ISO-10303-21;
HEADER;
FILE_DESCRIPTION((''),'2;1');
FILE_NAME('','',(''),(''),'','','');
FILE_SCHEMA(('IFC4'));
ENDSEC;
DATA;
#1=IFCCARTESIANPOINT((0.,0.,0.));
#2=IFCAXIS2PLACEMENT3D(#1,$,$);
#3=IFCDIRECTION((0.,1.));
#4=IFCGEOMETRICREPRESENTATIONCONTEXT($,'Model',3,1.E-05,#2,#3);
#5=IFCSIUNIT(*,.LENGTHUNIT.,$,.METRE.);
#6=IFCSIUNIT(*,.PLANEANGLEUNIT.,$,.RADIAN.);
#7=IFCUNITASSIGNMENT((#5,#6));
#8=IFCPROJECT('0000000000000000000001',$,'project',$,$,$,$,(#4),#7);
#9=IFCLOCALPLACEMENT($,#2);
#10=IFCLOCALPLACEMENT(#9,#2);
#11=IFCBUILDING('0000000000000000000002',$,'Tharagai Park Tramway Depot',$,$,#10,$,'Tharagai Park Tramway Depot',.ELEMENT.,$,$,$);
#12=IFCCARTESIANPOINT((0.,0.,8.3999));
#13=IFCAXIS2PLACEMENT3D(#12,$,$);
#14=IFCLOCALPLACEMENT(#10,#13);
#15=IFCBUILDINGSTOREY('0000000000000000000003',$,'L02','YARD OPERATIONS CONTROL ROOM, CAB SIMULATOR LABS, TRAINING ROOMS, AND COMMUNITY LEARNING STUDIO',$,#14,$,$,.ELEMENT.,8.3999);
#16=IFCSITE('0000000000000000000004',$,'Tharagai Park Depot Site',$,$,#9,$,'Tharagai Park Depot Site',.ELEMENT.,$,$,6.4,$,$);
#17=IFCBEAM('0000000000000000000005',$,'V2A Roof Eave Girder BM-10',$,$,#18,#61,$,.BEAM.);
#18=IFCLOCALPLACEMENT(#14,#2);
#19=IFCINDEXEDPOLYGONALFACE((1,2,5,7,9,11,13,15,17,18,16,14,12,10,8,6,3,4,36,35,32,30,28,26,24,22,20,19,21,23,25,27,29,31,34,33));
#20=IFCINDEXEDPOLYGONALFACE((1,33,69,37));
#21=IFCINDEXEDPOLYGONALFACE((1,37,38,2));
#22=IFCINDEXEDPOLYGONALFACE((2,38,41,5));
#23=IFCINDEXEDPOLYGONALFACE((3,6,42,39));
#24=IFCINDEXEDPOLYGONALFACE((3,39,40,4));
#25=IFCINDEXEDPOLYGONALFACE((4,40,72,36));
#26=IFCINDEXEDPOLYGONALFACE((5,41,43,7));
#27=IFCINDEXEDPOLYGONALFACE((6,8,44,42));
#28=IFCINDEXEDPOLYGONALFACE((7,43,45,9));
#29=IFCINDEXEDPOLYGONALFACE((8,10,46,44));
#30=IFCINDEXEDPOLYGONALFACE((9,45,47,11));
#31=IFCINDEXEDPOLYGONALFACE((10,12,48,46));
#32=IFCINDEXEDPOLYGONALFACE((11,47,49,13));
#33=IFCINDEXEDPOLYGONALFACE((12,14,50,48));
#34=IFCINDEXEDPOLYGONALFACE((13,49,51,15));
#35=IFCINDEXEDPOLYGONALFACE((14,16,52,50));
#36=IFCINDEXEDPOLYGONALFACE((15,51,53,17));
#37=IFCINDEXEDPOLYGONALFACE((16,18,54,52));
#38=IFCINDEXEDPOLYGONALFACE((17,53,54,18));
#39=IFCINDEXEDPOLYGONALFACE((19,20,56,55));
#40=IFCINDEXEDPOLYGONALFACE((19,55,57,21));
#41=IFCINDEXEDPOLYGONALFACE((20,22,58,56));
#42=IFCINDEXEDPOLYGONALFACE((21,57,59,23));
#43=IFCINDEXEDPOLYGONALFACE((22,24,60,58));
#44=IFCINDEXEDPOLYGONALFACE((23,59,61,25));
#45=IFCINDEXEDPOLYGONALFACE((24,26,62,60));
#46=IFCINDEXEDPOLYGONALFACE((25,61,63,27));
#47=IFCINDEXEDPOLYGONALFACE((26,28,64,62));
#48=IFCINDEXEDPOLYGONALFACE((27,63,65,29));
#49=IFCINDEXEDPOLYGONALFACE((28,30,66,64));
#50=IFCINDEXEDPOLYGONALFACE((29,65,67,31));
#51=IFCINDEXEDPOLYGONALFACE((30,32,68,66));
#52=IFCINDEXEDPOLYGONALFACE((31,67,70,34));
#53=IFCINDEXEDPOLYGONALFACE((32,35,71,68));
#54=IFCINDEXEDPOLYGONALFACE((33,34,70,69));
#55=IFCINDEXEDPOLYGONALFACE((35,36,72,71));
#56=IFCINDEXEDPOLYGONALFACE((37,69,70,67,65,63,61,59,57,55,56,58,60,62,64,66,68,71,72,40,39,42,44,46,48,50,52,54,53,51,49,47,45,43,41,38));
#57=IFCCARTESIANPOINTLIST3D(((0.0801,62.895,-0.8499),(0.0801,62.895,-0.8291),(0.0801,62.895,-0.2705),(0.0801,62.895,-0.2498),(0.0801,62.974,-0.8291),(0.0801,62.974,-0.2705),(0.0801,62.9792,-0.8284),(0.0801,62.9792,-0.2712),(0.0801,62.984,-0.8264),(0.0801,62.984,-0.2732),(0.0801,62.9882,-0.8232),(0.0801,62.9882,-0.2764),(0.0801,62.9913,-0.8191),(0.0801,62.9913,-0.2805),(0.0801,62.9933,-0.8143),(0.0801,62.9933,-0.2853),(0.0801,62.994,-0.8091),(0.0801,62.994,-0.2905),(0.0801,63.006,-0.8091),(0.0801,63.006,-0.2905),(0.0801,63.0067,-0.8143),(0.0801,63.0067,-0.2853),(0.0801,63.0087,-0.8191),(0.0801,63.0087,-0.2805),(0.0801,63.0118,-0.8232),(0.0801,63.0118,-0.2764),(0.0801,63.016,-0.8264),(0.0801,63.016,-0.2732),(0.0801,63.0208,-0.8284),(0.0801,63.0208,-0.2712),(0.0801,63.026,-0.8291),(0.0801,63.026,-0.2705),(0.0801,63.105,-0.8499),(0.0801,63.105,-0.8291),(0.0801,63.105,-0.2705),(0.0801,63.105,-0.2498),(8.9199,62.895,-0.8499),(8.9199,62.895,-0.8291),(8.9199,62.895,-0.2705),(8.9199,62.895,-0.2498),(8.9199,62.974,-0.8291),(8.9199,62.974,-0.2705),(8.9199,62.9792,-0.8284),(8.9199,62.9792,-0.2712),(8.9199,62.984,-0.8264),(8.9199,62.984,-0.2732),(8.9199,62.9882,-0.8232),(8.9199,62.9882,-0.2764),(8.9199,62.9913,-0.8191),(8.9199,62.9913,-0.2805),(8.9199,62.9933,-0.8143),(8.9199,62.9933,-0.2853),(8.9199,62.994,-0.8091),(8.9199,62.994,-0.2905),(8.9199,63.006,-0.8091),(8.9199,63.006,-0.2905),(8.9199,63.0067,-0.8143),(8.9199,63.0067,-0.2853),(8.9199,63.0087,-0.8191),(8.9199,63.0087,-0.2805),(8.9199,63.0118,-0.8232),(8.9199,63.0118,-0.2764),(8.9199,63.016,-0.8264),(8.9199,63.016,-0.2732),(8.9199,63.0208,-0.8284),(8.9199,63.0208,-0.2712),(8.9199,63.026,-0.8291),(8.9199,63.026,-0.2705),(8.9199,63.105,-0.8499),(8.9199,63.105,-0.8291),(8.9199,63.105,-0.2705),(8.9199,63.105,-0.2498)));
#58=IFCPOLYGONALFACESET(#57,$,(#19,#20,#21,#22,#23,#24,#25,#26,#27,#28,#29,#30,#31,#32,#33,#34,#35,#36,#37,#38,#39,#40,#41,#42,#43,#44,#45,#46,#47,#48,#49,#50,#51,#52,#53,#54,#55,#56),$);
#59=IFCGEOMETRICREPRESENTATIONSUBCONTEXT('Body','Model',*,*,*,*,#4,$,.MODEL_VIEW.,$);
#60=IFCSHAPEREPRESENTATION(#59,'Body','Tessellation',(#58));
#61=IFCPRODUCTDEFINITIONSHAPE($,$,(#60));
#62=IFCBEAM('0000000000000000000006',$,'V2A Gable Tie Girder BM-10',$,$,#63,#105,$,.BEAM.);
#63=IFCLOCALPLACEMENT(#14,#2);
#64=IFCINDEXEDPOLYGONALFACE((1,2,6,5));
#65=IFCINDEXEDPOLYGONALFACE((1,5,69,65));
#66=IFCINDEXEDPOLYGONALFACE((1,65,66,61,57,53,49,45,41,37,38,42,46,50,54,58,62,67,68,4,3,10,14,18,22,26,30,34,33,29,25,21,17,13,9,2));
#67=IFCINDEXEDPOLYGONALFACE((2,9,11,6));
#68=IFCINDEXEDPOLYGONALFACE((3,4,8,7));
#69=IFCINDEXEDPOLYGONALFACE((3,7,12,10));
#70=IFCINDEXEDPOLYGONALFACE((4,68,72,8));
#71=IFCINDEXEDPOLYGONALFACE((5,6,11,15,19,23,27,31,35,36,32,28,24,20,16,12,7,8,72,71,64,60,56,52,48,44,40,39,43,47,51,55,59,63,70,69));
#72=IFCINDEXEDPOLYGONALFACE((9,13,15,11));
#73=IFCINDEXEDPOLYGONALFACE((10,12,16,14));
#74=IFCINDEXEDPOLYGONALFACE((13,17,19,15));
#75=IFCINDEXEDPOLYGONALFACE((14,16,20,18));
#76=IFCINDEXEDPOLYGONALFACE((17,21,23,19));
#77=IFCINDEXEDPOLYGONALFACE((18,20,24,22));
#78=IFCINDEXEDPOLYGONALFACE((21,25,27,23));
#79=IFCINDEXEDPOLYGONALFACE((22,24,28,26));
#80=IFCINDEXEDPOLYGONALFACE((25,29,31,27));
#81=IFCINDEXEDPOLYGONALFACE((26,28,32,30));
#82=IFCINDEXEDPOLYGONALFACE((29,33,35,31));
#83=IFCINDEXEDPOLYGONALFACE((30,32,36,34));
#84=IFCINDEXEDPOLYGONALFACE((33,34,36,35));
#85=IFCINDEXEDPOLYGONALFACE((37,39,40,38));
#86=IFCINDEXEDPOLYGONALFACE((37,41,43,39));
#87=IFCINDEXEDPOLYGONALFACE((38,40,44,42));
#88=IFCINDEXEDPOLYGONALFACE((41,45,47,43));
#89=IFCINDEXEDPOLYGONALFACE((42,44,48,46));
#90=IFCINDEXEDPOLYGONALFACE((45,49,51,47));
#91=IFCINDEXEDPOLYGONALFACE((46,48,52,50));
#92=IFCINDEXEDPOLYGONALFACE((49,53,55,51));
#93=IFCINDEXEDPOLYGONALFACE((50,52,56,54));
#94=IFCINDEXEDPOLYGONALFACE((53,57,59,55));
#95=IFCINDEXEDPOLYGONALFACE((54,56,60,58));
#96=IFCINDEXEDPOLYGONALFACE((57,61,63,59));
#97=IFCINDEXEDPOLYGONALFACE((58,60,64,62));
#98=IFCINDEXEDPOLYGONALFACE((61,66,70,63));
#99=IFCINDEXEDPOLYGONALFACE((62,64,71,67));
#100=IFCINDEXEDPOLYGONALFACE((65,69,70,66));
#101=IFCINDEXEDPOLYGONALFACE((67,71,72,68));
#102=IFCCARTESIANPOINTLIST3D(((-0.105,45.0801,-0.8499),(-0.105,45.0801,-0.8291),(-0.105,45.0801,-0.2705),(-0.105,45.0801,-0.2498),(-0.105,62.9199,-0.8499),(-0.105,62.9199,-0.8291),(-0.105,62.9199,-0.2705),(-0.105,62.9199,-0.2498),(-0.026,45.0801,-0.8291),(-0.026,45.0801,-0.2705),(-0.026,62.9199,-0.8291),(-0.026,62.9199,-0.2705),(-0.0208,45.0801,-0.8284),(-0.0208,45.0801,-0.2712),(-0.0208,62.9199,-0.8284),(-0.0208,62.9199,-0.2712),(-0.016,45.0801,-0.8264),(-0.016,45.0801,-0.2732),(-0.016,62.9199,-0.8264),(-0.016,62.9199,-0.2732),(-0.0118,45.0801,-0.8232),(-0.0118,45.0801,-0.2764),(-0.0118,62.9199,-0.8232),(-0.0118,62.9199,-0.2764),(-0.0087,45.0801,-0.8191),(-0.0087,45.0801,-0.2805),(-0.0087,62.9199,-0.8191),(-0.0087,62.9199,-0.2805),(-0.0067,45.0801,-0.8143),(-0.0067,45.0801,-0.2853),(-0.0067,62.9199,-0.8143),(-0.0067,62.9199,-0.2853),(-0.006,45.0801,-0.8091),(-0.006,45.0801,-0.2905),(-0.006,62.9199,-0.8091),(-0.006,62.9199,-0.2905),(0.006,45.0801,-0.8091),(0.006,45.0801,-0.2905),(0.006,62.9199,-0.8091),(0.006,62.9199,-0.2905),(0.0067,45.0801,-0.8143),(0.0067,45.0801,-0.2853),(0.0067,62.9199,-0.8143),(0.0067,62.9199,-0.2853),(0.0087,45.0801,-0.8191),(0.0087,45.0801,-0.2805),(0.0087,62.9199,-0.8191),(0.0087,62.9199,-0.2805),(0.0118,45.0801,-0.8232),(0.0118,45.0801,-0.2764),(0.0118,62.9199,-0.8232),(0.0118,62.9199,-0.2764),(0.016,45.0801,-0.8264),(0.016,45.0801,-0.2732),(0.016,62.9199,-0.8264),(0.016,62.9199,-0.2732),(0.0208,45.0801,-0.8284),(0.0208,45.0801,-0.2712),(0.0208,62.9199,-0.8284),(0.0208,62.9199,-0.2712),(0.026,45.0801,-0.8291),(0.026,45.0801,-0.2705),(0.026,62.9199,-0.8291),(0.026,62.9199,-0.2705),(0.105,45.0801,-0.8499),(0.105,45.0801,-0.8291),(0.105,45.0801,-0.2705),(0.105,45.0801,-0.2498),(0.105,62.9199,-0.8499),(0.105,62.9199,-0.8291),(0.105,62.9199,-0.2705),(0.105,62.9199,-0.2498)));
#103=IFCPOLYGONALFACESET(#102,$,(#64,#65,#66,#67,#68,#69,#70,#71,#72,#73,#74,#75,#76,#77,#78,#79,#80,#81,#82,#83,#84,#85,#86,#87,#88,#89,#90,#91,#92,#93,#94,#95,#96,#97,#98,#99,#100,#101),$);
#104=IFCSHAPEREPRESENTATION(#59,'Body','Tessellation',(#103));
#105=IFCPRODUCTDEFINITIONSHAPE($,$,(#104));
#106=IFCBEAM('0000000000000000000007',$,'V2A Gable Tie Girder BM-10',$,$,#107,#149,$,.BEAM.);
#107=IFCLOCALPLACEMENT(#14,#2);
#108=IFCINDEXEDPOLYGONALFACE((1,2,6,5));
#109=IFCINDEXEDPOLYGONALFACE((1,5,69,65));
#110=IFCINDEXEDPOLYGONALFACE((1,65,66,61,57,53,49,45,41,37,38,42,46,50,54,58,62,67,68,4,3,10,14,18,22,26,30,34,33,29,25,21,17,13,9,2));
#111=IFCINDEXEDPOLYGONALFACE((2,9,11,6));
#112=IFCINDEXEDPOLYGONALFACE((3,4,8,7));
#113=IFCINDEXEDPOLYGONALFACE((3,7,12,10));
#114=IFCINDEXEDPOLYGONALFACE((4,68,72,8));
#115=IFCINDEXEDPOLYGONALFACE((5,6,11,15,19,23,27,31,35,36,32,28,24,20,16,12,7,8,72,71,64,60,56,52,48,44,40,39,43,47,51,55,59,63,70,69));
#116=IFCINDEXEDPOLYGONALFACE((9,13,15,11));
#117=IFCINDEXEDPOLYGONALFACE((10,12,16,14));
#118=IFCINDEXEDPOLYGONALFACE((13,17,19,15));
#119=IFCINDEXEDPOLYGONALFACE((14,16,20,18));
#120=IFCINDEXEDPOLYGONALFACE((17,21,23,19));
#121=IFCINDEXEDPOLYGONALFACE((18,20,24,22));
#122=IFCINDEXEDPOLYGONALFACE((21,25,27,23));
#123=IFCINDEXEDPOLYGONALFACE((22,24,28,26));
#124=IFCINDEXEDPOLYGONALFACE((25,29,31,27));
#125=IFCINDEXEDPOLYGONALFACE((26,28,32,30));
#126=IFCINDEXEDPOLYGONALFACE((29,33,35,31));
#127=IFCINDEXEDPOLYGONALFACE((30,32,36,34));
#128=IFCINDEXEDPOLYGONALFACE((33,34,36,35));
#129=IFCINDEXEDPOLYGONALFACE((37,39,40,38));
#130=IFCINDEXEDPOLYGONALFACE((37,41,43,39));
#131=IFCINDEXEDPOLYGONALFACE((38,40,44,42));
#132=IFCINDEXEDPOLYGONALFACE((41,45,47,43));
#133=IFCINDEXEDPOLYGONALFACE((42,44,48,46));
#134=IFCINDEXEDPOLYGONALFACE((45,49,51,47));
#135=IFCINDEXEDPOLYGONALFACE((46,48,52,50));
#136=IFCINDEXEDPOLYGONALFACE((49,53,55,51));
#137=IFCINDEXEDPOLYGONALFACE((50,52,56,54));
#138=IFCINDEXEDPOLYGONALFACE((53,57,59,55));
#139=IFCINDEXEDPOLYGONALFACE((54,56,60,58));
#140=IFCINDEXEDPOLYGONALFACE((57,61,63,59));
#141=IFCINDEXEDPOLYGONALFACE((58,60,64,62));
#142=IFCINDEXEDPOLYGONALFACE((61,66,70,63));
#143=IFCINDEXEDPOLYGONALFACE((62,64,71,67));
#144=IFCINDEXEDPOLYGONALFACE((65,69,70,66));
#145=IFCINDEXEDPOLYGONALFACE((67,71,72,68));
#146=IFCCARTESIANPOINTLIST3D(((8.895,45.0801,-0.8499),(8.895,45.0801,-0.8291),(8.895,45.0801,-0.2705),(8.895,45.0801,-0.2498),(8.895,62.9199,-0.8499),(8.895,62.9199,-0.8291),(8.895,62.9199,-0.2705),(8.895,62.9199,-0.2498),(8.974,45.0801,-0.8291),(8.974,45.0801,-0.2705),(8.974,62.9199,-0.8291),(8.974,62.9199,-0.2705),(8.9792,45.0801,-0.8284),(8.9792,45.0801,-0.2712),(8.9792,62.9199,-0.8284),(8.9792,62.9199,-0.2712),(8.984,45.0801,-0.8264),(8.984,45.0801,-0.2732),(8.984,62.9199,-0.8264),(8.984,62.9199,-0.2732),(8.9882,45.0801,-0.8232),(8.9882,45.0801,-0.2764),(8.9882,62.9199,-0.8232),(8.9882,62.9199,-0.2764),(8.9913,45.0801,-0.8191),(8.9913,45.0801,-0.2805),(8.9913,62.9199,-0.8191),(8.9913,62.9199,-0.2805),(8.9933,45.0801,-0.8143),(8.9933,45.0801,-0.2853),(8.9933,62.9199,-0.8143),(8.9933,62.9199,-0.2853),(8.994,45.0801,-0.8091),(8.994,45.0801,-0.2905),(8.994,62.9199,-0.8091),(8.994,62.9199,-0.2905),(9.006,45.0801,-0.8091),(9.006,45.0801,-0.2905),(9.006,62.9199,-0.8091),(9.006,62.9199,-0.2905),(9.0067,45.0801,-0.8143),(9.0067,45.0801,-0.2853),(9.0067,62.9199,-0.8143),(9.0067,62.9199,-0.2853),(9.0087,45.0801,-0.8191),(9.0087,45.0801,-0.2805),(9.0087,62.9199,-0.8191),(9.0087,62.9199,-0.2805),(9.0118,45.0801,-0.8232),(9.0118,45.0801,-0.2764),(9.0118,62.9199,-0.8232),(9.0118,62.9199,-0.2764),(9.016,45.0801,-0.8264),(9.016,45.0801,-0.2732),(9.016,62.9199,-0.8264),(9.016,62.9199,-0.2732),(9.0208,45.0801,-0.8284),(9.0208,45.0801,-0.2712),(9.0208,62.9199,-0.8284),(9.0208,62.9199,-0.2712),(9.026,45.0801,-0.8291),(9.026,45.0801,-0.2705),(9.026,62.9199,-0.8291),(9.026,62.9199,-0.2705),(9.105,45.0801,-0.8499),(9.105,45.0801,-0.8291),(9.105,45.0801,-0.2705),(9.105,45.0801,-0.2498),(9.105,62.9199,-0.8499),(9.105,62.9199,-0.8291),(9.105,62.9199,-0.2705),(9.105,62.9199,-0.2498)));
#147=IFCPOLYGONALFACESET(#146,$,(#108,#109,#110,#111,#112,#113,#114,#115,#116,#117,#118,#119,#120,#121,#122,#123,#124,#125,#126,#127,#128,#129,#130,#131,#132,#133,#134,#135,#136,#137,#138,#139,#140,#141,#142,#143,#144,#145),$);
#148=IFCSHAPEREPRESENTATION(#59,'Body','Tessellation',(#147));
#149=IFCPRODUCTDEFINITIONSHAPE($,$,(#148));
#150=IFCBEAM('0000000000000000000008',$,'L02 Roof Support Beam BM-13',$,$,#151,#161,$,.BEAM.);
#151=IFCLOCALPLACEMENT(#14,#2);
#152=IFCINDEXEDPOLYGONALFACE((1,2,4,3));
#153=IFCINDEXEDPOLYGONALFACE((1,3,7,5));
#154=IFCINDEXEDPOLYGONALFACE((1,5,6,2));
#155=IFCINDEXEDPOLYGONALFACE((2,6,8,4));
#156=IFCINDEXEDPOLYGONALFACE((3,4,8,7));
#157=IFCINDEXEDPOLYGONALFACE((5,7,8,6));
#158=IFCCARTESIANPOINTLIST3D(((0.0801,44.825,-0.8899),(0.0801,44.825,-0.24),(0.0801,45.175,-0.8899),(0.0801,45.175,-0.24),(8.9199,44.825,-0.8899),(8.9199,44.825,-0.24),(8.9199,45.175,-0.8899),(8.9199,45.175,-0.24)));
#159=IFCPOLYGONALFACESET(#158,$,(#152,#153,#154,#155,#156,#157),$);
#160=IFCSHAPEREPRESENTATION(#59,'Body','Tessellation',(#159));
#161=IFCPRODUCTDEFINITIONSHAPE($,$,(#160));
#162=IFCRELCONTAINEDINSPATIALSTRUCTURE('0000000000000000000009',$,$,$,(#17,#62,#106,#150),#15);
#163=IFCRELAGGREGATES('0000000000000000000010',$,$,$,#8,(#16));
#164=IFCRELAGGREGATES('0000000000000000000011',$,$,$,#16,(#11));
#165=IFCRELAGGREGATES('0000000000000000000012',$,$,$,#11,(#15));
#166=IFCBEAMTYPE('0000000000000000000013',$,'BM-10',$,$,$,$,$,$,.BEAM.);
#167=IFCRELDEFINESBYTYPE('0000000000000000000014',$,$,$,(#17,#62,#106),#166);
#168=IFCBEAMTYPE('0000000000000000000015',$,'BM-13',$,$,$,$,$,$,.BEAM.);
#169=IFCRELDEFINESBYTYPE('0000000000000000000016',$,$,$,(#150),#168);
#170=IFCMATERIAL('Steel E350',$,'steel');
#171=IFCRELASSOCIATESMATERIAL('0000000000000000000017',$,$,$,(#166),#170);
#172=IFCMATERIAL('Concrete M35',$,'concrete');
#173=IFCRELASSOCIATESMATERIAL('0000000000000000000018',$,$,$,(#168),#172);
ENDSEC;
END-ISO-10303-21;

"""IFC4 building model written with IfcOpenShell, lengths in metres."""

from ifc_helpers import new_model, si_unit, direction, frame, origin, origin_2d, place, context, subcontext, project, spatial, rectangle, i_section, extrude, material, material_profile, profile_set, type_object, element, save


model = new_model("IFC4")

# Units and contexts
model_context = context("Model", 3, precision=1e-05, world=origin(), true_north=direction((0.0, 1.0)))
body_context = subcontext(model_context, "Body", "Model", "MODEL_VIEW")
ifc_project = project(units=[si_unit("LENGTHUNIT", "METRE"), si_unit("PLANEANGLEUNIT", "RADIAN")], contexts=[model_context])

# Site, building, storey
site_placement = place(None, origin())
site = spatial("IfcSite", under=ifc_project, at=site_placement, Name="Tharagai Park Depot Site", LongName="Tharagai Park Depot Site", CompositionType="ELEMENT", RefElevation=6.4)
building_placement = place(site_placement, origin())
building = spatial("IfcBuilding", under=site, at=building_placement, Name="Tharagai Park Tramway Depot", LongName="Tharagai Park Tramway Depot", CompositionType="ELEMENT")
storey_placement = place(building_placement, frame((0.0, 0.0, 8.3999)))
storey = spatial("IfcBuildingStorey", under=building, at=storey_placement, Name="L02", Description="YARD OPERATIONS CONTROL ROOM, CAB SIMULATOR LABS, TRAINING ROOMS, AND COMMUNITY LEARNING STUDIO", CompositionType="ELEMENT", Elevation=8.3999)

# Beams
ifc_material_1 = material(Name="Steel E350", Category="steel")
ifc_material_profile_1 = material_profile(ifc_material_1, i_section(OverallWidth=0.21, OverallDepth=0.6001, WebThickness=0.012, FlangeThickness=0.0208, FilletRadius=0.02, at=origin_2d()), Name="ISMB 600")
ifc_profile_set_1 = profile_set([ifc_material_profile_1], Name="Steel E350")
beam_type_1 = type_object("IfcBeamType", Name="BM-10", PredefinedType="BEAM", material=ifc_profile_set_1)
beam_1_placement = place(storey_placement, frame((0.0801, 63.0, -0.5498), z_axis=(1.0, 0.0, 0.0), x_axis=(0.0, 1.0, 0.0)))
element("IfcBeam", 1, at=beam_1_placement, inside=storey, type_object=beam_type_1, Name="V2A Roof Eave Girder BM-10", PredefinedType="BEAM", context=body_context, shape_type="SweptSolid", body=[
    extrude(i_section(OverallWidth=0.21, OverallDepth=0.6001, WebThickness=0.012, FlangeThickness=0.0208, FilletRadius=0.02, at=origin_2d()), origin(), (0.0, 0.0, 1.0), 8.8398),
])
for number, where, z_axis, x_axis, name in (
    (2, (0.0, 45.0801, -0.5498), (0.0, 1.0, 0.0), (-1.0, 0.0, 0.0), "V2A Gable Tie Girder BM-10"),
    (3, (9.0, 45.0801, -0.5498), (0.0, 1.0, 0.0), (-1.0, 0.0, 0.0), "V2A Gable Tie Girder BM-10"),
):
    element("IfcBeam", number, at=place(storey_placement, frame(where, z_axis=z_axis, x_axis=x_axis)), inside=storey, type_object=beam_type_1, Name=name, PredefinedType="BEAM", context=body_context, shape_type="SweptSolid", body=[
        extrude(i_section(OverallWidth=0.21, OverallDepth=0.6001, WebThickness=0.012, FlangeThickness=0.0208, FilletRadius=0.02, at=origin_2d()), origin(), (0.0, 0.0, 1.0), 17.8398),
    ])
ifc_material_2 = material(Name="Concrete M35", Category="concrete")
ifc_material_profile_2 = material_profile(ifc_material_2, rectangle(XDim=0.3501, YDim=0.6499, at=origin_2d()), Name="RC 350x650")
ifc_profile_set_2 = profile_set([ifc_material_profile_2], Name="Concrete M35")
beam_type_2 = type_object("IfcBeamType", Name="BM-13", PredefinedType="BEAM", material=ifc_profile_set_2)
beam_2_placement = place(storey_placement, frame((0.0801, 45.0, -0.5649), z_axis=(1.0, 0.0, 0.0), x_axis=(0.0, 1.0, 0.0)))
element("IfcBeam", 4, at=beam_2_placement, inside=storey, type_object=beam_type_2, Name="L02 Roof Support Beam BM-13", PredefinedType="BEAM", context=body_context, shape_type="SweptSolid", body=[
    extrude(rectangle(XDim=0.3501, YDim=0.6499, at=origin_2d()), origin(), (0.0, 0.0, 1.0), 8.8398),
])

save(model, "model.ifc")
